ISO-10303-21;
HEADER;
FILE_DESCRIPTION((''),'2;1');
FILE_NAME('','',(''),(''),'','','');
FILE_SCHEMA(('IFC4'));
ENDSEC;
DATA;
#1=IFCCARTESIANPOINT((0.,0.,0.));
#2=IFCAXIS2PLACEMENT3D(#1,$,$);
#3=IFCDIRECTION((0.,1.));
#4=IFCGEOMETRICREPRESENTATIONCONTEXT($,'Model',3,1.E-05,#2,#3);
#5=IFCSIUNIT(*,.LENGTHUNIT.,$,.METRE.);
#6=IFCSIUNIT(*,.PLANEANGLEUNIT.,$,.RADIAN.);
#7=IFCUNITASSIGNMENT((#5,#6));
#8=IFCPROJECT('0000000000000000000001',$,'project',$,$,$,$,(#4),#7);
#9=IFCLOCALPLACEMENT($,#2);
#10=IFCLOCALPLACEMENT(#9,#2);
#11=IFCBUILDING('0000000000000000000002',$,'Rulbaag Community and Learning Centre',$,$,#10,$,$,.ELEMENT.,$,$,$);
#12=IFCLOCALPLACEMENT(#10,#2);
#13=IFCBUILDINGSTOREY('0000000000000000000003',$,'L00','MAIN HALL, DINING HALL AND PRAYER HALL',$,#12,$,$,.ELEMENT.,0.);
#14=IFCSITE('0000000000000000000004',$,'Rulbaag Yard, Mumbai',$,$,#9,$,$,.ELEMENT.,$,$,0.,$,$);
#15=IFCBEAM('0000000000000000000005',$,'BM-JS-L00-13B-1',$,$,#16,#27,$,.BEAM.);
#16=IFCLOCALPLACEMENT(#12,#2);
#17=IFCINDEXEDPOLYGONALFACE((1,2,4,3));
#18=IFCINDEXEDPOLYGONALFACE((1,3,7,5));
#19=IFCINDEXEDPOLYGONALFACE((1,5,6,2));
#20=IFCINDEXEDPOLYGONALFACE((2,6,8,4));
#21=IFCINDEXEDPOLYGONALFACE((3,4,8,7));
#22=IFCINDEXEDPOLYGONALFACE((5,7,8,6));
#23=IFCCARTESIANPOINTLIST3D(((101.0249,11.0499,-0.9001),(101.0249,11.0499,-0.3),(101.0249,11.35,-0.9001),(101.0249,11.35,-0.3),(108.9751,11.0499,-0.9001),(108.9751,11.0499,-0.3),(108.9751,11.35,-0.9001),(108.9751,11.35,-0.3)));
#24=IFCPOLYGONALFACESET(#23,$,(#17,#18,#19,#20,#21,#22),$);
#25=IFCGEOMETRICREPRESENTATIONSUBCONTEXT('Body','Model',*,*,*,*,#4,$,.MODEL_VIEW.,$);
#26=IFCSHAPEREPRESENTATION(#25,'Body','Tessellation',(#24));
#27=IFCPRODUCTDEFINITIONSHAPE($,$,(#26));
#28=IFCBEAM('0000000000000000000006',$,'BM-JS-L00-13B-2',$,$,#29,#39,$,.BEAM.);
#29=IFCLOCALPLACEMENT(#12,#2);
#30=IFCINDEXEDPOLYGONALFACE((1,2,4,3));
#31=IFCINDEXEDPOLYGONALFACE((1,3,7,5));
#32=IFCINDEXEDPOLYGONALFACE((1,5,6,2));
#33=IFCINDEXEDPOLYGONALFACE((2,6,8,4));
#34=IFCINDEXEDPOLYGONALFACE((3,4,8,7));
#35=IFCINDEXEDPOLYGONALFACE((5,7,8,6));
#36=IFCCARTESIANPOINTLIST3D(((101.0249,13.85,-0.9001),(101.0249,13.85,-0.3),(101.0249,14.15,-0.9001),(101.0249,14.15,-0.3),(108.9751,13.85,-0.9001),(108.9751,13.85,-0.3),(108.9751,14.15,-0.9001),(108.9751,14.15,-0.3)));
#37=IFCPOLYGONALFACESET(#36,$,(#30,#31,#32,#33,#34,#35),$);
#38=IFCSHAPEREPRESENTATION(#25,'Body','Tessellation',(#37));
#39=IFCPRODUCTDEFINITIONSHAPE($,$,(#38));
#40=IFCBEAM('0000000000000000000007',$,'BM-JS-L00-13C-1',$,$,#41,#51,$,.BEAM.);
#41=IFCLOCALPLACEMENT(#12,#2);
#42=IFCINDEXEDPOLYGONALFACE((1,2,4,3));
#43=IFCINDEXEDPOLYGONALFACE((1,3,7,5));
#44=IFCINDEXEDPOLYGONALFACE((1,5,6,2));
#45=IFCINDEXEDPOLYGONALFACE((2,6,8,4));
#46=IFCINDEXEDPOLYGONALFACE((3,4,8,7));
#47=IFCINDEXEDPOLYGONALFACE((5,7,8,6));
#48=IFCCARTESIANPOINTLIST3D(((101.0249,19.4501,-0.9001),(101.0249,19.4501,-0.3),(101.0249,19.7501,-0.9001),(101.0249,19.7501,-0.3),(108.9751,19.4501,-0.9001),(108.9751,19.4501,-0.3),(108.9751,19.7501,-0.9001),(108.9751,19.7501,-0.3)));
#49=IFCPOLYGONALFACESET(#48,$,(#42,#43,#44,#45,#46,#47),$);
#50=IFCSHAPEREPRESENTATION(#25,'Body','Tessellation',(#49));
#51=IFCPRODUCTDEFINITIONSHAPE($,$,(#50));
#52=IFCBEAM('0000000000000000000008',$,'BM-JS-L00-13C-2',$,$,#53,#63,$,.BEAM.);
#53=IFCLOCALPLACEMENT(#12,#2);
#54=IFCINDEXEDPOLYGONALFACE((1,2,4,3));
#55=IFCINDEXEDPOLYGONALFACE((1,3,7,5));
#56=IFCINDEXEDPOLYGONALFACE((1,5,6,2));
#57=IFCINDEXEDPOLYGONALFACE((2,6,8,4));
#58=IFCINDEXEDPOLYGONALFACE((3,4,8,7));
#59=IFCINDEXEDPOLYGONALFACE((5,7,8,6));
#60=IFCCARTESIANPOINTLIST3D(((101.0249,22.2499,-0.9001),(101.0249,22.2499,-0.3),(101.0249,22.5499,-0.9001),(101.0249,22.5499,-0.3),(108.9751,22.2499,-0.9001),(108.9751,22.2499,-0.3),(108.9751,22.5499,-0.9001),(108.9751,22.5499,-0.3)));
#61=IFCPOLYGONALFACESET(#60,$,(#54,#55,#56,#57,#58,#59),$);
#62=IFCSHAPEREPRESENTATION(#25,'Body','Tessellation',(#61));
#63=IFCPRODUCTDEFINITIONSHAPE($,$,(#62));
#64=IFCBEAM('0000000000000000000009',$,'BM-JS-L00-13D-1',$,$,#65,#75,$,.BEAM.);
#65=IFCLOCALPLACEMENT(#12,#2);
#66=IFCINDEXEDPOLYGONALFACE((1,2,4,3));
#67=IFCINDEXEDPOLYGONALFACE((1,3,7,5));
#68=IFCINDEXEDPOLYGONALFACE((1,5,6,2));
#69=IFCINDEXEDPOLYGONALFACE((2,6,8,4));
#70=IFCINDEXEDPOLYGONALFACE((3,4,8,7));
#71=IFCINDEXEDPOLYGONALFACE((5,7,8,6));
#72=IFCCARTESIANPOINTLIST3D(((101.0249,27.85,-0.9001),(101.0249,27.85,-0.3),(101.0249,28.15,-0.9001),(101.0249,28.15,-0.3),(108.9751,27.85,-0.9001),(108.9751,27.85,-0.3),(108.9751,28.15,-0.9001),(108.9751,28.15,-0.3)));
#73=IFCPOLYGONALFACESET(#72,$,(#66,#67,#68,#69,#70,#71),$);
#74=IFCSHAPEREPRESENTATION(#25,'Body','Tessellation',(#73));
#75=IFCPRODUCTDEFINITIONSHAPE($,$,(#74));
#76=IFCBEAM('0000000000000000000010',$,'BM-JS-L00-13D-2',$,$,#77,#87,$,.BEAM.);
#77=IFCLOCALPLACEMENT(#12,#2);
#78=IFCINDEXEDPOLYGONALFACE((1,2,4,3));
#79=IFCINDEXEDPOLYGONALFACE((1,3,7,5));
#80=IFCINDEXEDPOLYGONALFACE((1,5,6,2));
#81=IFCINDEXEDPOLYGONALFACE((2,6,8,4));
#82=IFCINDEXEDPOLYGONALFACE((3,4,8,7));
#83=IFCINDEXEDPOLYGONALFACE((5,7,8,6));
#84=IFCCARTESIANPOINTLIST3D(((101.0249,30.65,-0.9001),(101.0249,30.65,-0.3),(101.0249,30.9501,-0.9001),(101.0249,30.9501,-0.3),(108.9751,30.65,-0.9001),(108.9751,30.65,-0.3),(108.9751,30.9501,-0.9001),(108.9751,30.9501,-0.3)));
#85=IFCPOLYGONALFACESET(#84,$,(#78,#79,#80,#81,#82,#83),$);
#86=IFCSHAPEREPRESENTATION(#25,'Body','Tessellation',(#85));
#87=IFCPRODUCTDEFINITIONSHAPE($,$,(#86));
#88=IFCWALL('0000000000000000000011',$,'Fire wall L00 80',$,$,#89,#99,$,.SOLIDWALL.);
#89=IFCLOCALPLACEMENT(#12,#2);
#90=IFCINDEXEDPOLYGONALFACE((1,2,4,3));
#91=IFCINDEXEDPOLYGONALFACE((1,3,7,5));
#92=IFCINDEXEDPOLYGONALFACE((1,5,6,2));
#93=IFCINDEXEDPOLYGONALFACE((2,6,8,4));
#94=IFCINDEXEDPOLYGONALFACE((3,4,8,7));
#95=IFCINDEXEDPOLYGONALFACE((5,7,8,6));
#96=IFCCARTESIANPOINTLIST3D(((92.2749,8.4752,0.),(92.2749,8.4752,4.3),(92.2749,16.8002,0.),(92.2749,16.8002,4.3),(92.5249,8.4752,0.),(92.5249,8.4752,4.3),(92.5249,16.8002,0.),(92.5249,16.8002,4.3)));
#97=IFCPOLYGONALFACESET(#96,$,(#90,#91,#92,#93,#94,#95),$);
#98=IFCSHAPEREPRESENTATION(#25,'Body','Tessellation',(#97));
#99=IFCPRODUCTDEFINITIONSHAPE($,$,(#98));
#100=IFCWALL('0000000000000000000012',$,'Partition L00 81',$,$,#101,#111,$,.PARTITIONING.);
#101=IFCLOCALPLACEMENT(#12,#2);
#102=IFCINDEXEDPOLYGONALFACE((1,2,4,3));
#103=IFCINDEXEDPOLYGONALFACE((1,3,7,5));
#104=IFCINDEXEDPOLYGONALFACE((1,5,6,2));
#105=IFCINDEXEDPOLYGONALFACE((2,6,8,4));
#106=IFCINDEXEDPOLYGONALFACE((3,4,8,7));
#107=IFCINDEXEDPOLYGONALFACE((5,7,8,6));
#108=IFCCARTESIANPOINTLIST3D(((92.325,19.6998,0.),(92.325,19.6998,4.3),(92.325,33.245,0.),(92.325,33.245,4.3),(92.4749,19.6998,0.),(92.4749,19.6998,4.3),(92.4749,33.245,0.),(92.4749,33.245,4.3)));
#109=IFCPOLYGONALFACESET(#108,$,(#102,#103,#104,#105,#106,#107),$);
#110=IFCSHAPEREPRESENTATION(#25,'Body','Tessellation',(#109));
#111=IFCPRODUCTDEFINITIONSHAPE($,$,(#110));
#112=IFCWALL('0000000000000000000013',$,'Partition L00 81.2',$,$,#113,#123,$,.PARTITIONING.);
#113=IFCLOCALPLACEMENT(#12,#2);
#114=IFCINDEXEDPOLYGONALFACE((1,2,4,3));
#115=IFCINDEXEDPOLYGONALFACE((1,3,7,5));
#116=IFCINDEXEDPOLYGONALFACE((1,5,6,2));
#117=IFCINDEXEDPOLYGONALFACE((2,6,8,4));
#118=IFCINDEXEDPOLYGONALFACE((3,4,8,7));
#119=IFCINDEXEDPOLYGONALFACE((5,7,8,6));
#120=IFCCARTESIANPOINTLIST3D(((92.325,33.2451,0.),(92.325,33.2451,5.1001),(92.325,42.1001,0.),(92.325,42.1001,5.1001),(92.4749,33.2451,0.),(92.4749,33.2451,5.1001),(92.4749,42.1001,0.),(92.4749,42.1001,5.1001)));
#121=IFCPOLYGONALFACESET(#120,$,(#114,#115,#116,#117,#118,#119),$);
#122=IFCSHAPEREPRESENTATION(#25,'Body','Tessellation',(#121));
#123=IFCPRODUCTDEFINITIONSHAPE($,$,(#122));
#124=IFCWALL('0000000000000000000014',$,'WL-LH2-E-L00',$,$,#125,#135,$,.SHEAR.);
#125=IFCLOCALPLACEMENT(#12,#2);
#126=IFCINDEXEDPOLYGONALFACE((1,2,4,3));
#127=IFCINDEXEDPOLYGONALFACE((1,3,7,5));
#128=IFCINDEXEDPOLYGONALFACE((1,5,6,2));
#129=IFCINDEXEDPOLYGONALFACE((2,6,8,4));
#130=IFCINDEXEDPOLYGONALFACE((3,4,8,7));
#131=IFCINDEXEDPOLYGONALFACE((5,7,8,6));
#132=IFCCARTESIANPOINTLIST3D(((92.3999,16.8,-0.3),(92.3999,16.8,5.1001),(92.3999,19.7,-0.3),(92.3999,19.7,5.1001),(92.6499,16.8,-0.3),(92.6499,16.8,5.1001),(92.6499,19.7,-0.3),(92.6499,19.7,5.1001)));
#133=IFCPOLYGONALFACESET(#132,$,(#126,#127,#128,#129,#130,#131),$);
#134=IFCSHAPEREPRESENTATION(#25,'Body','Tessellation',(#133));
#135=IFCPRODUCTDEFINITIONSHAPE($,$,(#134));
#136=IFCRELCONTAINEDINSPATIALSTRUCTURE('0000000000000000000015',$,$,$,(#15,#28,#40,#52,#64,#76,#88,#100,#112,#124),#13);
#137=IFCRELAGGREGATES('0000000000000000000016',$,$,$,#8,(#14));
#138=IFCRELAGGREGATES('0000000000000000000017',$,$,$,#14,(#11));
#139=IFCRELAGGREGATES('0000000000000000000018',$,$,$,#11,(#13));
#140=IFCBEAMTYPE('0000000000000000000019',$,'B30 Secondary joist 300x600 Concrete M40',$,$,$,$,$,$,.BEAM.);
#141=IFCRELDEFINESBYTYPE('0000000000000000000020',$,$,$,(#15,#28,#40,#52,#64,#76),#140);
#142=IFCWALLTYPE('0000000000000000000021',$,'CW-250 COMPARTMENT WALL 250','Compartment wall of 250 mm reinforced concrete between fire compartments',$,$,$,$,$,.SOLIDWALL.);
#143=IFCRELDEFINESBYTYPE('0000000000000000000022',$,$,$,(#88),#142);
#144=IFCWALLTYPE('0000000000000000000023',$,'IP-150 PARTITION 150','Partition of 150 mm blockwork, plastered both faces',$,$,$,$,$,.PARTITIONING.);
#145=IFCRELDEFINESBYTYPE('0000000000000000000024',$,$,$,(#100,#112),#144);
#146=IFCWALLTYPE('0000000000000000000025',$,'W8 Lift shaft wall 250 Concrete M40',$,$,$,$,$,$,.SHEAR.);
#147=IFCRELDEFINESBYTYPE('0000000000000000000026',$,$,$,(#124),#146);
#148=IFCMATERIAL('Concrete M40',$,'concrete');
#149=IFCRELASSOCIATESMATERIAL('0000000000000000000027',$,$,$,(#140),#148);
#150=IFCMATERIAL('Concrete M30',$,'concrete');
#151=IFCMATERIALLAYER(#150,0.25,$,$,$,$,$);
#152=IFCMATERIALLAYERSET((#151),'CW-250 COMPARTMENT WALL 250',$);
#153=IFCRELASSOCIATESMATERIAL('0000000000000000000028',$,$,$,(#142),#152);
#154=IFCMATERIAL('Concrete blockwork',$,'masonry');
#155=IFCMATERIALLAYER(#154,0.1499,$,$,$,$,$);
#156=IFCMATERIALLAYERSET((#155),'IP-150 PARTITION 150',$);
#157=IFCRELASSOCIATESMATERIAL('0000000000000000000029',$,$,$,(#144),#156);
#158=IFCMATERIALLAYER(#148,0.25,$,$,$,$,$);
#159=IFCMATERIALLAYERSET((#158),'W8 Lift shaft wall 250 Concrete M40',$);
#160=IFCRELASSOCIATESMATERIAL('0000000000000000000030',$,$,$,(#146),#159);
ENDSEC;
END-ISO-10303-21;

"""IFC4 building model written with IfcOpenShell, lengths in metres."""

from ifc_helpers import new_model, si_unit, direction, frame, frame_2d, origin, origin_2d, place, context, subcontext, project, spatial, rectangle, extrude, material, layer, layer_set, material_profile, profile_set, type_object, element, save


model = new_model("IFC4")

# Units and contexts
model_context = context("Model", 3, precision=1e-05, world=origin(), true_north=direction((0.0, 1.0)))
body_context = subcontext(model_context, "Body", "Model", "MODEL_VIEW")
ifc_project = project(units=[si_unit("LENGTHUNIT", "METRE"), si_unit("PLANEANGLEUNIT", "RADIAN")], contexts=[model_context])

# Site, building, storey
site_placement = place(None, origin())
site = spatial("IfcSite", under=ifc_project, at=site_placement, Name="Rulbaag Yard, Mumbai", CompositionType="ELEMENT", RefElevation=0.0)
building_placement = place(site_placement, origin())
building = spatial("IfcBuilding", under=site, at=building_placement, Name="Rulbaag Community and Learning Centre", CompositionType="ELEMENT")
storey_placement = place(building_placement, origin())
storey = spatial("IfcBuildingStorey", under=building, at=storey_placement, Name="L00", Description="MAIN HALL, DINING HALL AND PRAYER HALL", CompositionType="ELEMENT", Elevation=0.0)

# Shared definitions
ifc_material_1 = material(Name="Concrete M40", Category="concrete")

# Beams
ifc_material_profile_1 = material_profile(ifc_material_1, rectangle(XDim=0.3, YDim=0.6001, at=origin_2d()), Name="RB300x600")
ifc_profile_set_1 = profile_set([ifc_material_profile_1], Name="Concrete M40")
beam_type_1 = type_object("IfcBeamType", Name="B30 Secondary joist 300x600 Concrete M40", PredefinedType="BEAM", material=ifc_profile_set_1)
for number, where, z_axis, x_axis, name in (
    (1, (101.0249, 11.2, -0.6001), (1.0, 0.0, 0.0), (0.0, 1.0, 0.0), "BM-JS-L00-13B-1"),
    (2, (101.0249, 14.0, -0.6001), (1.0, 0.0, 0.0), (0.0, 1.0, 0.0), "BM-JS-L00-13B-2"),
    (3, (101.0249, 19.6001, -0.6001), (1.0, 0.0, 0.0), (0.0, 1.0, 0.0), "BM-JS-L00-13C-1"),
    (4, (101.0249, 22.3999, -0.6001), (1.0, 0.0, 0.0), (0.0, 1.0, 0.0), "BM-JS-L00-13C-2"),
    (5, (101.0249, 28.0, -0.6001), (1.0, 0.0, 0.0), (0.0, 1.0, 0.0), "BM-JS-L00-13D-1"),
    (6, (101.0249, 30.8, -0.6001), (1.0, 0.0, 0.0), (0.0, 1.0, 0.0), "BM-JS-L00-13D-2"),
):
    element("IfcBeam", number, at=place(storey_placement, frame(where, z_axis=z_axis, x_axis=x_axis)), inside=storey, type_object=beam_type_1, Name=name, PredefinedType="BEAM", context=body_context, shape_type="SweptSolid", body=[
        extrude(rectangle(XDim=0.3, YDim=0.6001, at=origin_2d()), origin(), (0.0, 0.0, 1.0), 7.9502),
    ])

# Walls
ifc_material_2 = material(Name="Concrete M30", Category="concrete")
ifc_layer_1 = layer(ifc_material_2, 0.25)
ifc_layer_set_1 = layer_set([ifc_layer_1], Name="CW-250 COMPARTMENT WALL 250")
wall_type_1 = type_object("IfcWallType", Name="CW-250 COMPARTMENT WALL 250", Description="Compartment wall of 250 mm reinforced concrete between fire compartments", PredefinedType="SOLIDWALL", material=ifc_layer_set_1)
wall_1_placement = place(storey_placement, frame((92.3999, 8.4751, 0.0), z_axis=(0.0, 0.0, 1.0), x_axis=(0.0, 1.0, 0.0)))
element("IfcWall", 7, at=wall_1_placement, inside=storey, type_object=wall_type_1, Name="Fire wall L00 80", PredefinedType="SOLIDWALL", context=body_context, shape_type="SweptSolid", body=[
    extrude(rectangle(XDim=8.325, YDim=0.25, at=frame_2d((4.1626, 0.0))), origin(), (0.0, 0.0, 1.0), 4.3),
])
ifc_material_3 = material(Name="Concrete blockwork", Category="masonry")
ifc_layer_2 = layer(ifc_material_3, 0.1499)
ifc_layer_set_2 = layer_set([ifc_layer_2], Name="IP-150 PARTITION 150")
wall_type_2 = type_object("IfcWallType", Name="IP-150 PARTITION 150", Description="Partition of 150 mm blockwork, plastered both faces", PredefinedType="PARTITIONING", material=ifc_layer_set_2)
wall_2_placement = place(storey_placement, frame((92.3999, 19.7, 0.0), z_axis=(0.0, 0.0, 1.0), x_axis=(0.0, 1.0, 0.0)))
element("IfcWall", 8, at=wall_2_placement, inside=storey, type_object=wall_type_2, Name="Partition L00 81", PredefinedType="PARTITIONING", context=body_context, shape_type="SweptSolid", body=[
    extrude(rectangle(XDim=13.5452, YDim=0.1499, at=frame_2d((6.7725, 0.0))), origin(), (0.0, 0.0, 1.0), 4.3),
])
wall_3_placement = place(storey_placement, frame((92.3999, 33.2451, 0.0), z_axis=(0.0, 0.0, 1.0), x_axis=(0.0, 1.0, 0.0)))
element("IfcWall", 9, at=wall_3_placement, inside=storey, type_object=wall_type_2, Name="Partition L00 81.2", PredefinedType="PARTITIONING", context=body_context, shape_type="SweptSolid", body=[
    extrude(rectangle(XDim=8.855, YDim=0.1499, at=frame_2d((4.4275, 0.0))), origin(), (0.0, 0.0, 1.0), 5.1001),
])
ifc_layer_3 = layer(ifc_material_1, 0.25)
ifc_layer_set_3 = layer_set([ifc_layer_3], Name="W8 Lift shaft wall 250 Concrete M40")
wall_type_3 = type_object("IfcWallType", Name="W8 Lift shaft wall 250 Concrete M40", PredefinedType="SHEAR", material=ifc_layer_set_3)
wall_4_placement = place(storey_placement, frame((92.5249, 16.8, -0.3), z_axis=(0.0, 0.0, 1.0), x_axis=(0.0, 1.0, 0.0)))
element("IfcWall", 10, at=wall_4_placement, inside=storey, type_object=wall_type_3, Name="WL-LH2-E-L00", PredefinedType="SHEAR", context=body_context, shape_type="SweptSolid", body=[
    extrude(rectangle(XDim=2.8999, YDim=0.25, at=frame_2d((1.45, 0.0))), origin(), (0.0, 0.0, 1.0), 5.4001),
])

save(model, "model.ifc")
